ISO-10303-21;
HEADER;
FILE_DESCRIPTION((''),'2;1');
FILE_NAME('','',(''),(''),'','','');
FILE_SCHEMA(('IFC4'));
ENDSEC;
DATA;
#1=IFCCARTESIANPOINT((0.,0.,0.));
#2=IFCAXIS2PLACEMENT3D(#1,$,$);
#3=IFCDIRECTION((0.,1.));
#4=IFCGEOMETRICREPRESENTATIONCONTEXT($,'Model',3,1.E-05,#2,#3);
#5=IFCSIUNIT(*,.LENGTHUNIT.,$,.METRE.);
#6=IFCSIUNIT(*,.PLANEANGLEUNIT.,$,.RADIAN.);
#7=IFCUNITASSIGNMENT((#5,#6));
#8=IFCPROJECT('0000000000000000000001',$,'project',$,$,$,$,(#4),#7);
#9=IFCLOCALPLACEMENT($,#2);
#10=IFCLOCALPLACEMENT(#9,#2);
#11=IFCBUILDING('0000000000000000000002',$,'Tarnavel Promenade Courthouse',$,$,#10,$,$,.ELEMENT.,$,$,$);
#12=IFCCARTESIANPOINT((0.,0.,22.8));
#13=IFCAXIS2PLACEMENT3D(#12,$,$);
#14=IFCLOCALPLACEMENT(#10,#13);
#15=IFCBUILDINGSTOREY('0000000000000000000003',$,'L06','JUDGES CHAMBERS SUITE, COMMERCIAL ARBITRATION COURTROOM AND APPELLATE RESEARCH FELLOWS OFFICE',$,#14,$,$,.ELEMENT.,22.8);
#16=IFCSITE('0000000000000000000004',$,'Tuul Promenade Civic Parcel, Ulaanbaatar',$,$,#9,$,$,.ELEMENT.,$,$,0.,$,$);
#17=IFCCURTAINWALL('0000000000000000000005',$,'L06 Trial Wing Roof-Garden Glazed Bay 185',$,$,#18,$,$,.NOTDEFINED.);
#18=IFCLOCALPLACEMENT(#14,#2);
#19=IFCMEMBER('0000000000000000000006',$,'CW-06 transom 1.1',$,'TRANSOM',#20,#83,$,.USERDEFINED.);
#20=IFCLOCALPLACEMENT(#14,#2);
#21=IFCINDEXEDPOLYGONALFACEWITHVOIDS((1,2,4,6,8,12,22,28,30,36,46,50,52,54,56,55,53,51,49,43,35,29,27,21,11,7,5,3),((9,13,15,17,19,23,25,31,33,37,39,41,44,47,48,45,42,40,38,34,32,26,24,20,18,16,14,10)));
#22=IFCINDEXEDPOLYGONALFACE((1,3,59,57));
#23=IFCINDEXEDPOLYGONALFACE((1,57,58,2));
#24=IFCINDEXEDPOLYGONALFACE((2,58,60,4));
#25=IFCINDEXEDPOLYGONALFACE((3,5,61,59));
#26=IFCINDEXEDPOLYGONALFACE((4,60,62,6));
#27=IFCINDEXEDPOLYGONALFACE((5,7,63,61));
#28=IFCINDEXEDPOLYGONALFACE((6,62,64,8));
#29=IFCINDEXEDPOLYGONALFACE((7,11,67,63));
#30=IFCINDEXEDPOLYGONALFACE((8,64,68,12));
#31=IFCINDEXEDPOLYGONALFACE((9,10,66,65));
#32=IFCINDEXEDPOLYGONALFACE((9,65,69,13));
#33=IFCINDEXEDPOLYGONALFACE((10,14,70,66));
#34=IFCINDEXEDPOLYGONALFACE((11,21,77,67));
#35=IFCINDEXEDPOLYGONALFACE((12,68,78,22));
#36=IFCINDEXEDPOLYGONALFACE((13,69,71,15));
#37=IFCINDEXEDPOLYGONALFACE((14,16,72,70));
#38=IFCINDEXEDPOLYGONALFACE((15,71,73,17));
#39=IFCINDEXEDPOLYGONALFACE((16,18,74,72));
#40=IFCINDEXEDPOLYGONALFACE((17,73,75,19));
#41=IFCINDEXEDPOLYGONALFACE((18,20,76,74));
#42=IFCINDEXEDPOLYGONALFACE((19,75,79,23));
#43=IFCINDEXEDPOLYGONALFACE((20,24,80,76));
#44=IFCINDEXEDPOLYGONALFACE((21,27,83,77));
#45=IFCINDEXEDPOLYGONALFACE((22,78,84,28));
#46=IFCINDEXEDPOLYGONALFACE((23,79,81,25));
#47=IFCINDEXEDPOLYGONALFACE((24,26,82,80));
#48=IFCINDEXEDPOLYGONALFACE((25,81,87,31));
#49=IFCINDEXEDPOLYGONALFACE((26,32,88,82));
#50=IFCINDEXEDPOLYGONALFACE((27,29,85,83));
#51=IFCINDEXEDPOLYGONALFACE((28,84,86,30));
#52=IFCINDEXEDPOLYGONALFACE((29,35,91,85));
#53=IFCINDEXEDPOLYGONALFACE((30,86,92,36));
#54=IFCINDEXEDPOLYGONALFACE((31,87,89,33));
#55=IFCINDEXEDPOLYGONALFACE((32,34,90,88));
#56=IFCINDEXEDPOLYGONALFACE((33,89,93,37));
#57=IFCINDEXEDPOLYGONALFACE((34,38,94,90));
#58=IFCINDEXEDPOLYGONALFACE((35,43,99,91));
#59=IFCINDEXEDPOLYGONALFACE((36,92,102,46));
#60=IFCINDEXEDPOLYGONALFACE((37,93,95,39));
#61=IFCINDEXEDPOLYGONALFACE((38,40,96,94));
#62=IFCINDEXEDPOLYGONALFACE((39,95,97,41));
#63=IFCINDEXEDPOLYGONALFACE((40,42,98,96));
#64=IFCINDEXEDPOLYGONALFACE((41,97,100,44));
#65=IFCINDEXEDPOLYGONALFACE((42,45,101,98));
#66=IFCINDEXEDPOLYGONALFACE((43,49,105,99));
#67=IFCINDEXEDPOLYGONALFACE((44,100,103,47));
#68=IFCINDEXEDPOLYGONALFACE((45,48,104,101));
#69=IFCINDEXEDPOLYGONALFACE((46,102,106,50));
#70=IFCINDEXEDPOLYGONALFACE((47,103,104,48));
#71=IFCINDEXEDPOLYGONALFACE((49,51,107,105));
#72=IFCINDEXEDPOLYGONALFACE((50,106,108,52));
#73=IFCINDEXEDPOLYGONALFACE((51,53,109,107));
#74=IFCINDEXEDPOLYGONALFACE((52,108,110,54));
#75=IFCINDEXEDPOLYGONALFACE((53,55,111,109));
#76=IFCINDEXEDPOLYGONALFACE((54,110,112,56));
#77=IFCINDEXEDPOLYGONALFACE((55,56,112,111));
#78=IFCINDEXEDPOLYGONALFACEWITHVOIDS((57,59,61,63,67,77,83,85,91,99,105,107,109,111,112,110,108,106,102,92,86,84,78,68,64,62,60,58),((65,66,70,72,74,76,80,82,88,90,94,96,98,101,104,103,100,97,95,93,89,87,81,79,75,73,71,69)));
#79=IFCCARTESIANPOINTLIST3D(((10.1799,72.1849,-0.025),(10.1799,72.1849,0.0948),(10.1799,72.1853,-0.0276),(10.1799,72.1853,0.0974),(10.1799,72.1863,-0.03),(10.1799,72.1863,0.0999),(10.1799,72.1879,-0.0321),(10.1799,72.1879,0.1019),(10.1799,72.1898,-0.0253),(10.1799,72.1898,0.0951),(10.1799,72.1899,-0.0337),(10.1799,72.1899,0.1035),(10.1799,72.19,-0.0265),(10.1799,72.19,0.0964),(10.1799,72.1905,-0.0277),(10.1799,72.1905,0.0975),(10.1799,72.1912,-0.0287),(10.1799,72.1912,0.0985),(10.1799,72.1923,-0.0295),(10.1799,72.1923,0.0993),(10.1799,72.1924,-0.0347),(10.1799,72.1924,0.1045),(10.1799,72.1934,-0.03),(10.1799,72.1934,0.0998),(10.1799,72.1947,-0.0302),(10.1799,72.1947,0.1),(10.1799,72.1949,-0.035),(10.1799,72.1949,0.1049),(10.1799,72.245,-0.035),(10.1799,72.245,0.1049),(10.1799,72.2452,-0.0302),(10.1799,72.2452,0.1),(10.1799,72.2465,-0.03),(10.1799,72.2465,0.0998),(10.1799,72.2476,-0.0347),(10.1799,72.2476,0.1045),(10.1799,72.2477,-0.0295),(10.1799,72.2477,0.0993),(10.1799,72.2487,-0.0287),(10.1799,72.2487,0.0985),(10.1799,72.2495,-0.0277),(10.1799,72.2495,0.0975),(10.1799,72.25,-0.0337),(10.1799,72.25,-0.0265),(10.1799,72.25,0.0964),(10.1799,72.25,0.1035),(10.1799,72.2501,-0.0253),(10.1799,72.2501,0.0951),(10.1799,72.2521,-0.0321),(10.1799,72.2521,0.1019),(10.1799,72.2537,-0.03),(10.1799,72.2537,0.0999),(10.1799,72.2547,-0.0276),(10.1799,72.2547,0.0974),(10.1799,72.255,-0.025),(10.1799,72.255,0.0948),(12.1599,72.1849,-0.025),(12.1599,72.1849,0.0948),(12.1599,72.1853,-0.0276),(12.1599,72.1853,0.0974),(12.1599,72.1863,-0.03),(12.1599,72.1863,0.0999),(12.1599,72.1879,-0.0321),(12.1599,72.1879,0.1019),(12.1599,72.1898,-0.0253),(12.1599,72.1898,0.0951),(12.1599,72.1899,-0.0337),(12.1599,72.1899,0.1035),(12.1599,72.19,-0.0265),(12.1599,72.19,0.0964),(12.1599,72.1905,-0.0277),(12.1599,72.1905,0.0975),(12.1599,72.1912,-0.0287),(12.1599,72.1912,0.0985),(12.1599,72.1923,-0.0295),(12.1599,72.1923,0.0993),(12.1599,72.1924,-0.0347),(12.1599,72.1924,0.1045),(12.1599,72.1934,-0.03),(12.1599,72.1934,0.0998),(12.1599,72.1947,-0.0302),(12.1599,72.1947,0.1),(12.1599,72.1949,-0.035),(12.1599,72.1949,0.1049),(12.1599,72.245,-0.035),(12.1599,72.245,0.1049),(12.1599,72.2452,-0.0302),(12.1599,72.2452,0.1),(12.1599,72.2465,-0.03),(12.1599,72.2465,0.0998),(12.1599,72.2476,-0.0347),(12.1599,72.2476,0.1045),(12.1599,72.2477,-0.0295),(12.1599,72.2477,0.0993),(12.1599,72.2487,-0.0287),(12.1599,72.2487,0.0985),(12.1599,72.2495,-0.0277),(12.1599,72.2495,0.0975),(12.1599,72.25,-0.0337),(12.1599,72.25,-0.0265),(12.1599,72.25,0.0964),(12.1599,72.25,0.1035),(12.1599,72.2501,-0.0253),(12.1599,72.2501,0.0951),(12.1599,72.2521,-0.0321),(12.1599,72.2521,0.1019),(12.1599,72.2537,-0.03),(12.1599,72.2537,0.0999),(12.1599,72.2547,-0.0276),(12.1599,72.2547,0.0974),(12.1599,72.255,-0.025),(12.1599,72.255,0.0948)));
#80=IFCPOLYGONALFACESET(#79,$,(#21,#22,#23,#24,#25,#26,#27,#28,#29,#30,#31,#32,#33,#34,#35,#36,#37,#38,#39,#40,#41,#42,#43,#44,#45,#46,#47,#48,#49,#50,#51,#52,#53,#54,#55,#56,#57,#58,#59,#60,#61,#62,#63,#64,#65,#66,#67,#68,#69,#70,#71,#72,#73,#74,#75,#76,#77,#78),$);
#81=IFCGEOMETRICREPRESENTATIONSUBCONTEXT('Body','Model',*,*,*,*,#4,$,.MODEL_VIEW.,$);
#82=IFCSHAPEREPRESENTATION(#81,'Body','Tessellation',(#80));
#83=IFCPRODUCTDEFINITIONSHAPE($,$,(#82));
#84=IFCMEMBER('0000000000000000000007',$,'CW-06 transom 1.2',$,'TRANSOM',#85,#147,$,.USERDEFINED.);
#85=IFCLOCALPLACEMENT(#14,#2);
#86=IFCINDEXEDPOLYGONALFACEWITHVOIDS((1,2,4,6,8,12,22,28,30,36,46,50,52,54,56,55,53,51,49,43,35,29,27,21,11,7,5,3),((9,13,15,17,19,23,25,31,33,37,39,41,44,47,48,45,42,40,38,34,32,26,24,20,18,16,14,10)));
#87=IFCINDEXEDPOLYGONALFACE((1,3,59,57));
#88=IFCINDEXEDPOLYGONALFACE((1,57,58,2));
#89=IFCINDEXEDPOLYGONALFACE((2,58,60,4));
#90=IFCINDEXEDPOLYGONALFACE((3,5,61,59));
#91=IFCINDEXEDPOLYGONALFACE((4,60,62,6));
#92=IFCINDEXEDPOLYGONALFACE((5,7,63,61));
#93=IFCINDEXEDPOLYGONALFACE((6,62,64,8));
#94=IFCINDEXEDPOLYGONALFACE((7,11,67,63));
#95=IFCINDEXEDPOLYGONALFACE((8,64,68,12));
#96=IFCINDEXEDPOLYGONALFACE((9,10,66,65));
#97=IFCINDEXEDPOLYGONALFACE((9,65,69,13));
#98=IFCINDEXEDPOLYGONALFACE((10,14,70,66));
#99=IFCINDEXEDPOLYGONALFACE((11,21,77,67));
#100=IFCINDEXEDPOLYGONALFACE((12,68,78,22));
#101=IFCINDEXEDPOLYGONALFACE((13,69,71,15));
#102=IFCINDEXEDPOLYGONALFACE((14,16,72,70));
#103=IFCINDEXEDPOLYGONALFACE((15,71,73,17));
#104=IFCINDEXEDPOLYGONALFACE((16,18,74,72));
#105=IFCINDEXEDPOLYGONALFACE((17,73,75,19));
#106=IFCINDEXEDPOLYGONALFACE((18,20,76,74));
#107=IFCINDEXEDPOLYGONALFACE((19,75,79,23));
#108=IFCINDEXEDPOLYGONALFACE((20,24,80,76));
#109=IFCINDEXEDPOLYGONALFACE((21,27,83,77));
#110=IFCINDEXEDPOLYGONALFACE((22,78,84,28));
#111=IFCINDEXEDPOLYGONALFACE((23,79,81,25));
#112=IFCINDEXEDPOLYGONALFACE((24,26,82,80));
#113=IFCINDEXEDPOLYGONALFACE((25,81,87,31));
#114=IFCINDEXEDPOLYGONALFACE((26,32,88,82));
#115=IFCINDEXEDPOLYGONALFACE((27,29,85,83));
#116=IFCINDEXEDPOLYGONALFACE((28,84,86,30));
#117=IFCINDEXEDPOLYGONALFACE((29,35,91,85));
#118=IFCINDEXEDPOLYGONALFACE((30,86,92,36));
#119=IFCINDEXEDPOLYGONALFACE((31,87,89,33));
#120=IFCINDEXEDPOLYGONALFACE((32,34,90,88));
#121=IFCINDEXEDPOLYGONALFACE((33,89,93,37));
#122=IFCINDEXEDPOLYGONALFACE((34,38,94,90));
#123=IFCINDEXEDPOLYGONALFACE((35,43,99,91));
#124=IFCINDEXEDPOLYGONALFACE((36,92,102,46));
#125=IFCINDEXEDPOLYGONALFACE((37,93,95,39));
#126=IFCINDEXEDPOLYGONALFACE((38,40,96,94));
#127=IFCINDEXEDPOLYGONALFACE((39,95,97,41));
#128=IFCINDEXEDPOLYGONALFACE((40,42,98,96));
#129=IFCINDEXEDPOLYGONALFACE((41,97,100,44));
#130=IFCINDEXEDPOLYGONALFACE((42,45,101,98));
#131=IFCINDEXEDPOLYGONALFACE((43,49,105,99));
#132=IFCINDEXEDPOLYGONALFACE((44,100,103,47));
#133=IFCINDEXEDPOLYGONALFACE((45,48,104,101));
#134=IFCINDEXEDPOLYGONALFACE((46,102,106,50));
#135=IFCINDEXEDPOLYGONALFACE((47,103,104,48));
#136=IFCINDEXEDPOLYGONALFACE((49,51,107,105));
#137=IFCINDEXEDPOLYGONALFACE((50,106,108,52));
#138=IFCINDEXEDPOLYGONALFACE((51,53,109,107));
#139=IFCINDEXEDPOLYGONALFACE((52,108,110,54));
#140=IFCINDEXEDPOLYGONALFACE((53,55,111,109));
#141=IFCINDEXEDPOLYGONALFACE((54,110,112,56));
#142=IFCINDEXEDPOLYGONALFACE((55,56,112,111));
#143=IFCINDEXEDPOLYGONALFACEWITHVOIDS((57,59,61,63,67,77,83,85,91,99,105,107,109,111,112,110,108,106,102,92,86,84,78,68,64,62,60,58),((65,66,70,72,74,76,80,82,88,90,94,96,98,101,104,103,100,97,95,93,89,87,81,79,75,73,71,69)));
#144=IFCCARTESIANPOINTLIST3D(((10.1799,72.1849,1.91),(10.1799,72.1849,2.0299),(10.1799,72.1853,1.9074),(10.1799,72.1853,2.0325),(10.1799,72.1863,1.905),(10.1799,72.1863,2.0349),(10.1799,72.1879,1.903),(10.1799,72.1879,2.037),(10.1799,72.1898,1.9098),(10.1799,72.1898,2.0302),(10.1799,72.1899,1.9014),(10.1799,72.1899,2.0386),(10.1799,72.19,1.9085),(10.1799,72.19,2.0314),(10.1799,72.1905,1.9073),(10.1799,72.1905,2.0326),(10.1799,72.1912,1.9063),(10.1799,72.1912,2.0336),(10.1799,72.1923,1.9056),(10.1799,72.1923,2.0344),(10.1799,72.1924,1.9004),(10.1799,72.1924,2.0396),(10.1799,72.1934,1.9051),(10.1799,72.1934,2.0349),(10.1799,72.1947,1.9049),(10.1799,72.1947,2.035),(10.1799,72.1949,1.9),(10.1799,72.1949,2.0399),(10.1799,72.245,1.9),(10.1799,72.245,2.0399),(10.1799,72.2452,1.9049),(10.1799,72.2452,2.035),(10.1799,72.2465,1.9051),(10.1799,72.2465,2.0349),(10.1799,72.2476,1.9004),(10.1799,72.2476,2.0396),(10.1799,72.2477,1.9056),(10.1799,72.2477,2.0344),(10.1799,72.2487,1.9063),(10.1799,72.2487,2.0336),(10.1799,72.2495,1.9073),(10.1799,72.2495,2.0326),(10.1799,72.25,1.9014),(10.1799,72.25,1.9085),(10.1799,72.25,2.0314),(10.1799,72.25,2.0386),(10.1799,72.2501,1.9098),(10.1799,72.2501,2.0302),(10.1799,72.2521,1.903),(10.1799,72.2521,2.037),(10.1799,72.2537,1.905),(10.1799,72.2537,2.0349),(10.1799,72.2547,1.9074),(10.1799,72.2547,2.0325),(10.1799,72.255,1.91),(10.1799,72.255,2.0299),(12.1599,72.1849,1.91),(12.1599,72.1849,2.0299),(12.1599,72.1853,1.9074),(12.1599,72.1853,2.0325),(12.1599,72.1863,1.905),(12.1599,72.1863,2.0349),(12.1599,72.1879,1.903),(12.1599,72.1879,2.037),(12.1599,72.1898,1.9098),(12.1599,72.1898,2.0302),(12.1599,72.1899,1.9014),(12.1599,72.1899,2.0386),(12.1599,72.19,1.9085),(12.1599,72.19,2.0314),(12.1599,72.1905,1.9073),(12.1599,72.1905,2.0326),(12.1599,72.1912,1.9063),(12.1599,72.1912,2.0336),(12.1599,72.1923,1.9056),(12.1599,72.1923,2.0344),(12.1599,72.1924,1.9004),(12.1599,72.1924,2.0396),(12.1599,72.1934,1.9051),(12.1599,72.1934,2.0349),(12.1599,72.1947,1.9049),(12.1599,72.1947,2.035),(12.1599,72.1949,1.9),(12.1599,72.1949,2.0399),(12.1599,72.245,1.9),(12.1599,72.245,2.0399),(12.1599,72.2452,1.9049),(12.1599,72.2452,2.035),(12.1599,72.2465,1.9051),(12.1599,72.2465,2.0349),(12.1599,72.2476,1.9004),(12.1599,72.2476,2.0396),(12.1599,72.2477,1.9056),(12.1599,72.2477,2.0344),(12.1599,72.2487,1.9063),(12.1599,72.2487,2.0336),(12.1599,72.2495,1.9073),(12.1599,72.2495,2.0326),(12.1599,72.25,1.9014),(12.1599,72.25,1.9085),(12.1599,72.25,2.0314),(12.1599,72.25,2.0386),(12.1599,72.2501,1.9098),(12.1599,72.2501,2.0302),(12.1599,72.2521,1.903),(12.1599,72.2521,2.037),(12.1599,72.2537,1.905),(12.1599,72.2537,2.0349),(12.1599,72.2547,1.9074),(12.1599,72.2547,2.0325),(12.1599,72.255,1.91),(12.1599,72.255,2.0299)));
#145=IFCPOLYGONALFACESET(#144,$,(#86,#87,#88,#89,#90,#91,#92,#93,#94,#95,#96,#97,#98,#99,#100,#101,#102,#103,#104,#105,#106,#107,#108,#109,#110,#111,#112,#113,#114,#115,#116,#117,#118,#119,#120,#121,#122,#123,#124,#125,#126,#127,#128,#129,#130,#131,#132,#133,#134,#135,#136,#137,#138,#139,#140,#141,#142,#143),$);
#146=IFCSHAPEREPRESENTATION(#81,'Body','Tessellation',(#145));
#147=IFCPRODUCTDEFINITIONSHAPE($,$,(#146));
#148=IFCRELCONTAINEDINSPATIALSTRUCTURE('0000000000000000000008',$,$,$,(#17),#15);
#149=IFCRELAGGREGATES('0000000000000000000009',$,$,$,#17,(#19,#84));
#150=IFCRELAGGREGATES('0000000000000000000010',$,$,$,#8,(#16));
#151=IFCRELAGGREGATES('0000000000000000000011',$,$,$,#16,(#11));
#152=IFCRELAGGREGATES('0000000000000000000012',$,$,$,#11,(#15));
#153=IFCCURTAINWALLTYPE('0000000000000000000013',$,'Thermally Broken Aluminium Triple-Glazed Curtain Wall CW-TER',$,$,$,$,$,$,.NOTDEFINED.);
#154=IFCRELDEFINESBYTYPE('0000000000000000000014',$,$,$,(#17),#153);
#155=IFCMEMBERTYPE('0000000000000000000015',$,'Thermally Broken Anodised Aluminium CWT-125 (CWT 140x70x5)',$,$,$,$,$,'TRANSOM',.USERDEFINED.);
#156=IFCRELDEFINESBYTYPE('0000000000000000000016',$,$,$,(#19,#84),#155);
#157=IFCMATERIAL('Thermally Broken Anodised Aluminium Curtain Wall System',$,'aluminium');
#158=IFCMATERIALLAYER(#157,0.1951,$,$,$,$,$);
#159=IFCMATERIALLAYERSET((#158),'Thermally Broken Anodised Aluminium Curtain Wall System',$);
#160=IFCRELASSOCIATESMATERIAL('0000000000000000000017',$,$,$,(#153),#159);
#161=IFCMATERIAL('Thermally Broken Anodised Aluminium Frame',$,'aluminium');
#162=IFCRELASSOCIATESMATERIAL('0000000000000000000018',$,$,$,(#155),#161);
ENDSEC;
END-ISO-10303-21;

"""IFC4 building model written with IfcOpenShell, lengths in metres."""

from ifc_helpers import new_model, si_unit, direction, frame, origin, origin_2d, place, context, subcontext, project, spatial, hollow_rectangle, extrude, material, layer, layer_set, material_profile, profile_set, type_object, element, aggregate, save


model = new_model("IFC4")

# Units and contexts
model_context = context("Model", 3, precision=1e-05, world=origin(), true_north=direction((0.0, 1.0)))
body_context = subcontext(model_context, "Body", "Model", "MODEL_VIEW")
ifc_project = project(units=[si_unit("LENGTHUNIT", "METRE"), si_unit("PLANEANGLEUNIT", "RADIAN")], contexts=[model_context])

# Site, building, storey
site_placement = place(None, origin())
site = spatial("IfcSite", under=ifc_project, at=site_placement, Name="Tuul Promenade Civic Parcel, Ulaanbaatar", CompositionType="ELEMENT", RefElevation=0.0)
building_placement = place(site_placement, origin())
building = spatial("IfcBuilding", under=site, at=building_placement, Name="Tarnavel Promenade Courthouse", CompositionType="ELEMENT")
storey_placement = place(building_placement, frame((0.0, 0.0, 22.8)))
storey = spatial("IfcBuildingStorey", under=building, at=storey_placement, Name="L06", Description="JUDGES CHAMBERS SUITE, COMMERCIAL ARBITRATION COURTROOM AND APPELLATE RESEARCH FELLOWS OFFICE", CompositionType="ELEMENT", Elevation=22.8)

# Curtain wall, members
ifc_material_1 = material(Name="Thermally Broken Anodised Aluminium Curtain Wall System", Category="aluminium")
ifc_layer_1 = layer(ifc_material_1, 0.1951)
ifc_layer_set_1 = layer_set([ifc_layer_1], Name="Thermally Broken Anodised Aluminium Curtain Wall System")
curtain_wall_type = type_object("IfcCurtainWallType", Name="Thermally Broken Aluminium Triple-Glazed Curtain Wall CW-TER", PredefinedType="NOTDEFINED", material=ifc_layer_set_1)
curtain_wall_placement = place(storey_placement, origin())
curtain_wall = element("IfcCurtainWall", 1, at=curtain_wall_placement, inside=storey, type_object=curtain_wall_type, Name="L06 Trial Wing Roof-Garden Glazed Bay 185", PredefinedType="NOTDEFINED")
ifc_material_2 = material(Name="Thermally Broken Anodised Aluminium Frame", Category="aluminium")
ifc_material_profile_1 = material_profile(ifc_material_2, hollow_rectangle(XDim=0.0701, YDim=0.1399, WallThickness=0.0049, InnerFilletRadius=0.0049, OuterFilletRadius=0.01, at=origin_2d()), Name="CWT 140x70x5")
ifc_profile_set_1 = profile_set([ifc_material_profile_1], Name="Thermally Broken Anodised Aluminium Frame")
member_type_1 = type_object("IfcMemberType", Name="Thermally Broken Anodised Aluminium CWT-125 (CWT 140x70x5)", ElementType="TRANSOM", PredefinedType="USERDEFINED", material=ifc_profile_set_1)
member_1_placement = place(storey_placement, frame((10.1799, 72.22, 0.0349), z_axis=(1.0, 0.0, 0.0), x_axis=(0.0, 1.0, 0.0)))
member_1 = element("IfcMember", 2, at=member_1_placement, type_object=member_type_1, Name="CW-06 transom 1.1", ObjectType="TRANSOM", PredefinedType="USERDEFINED", context=body_context, shape_type="SweptSolid", body=[
    extrude(hollow_rectangle(XDim=0.0701, YDim=0.1399, WallThickness=0.0049, InnerFilletRadius=0.0049, OuterFilletRadius=0.01, at=origin_2d()), origin(), (0.0, 0.0, 1.0), 1.98),
])
member_2_placement = place(storey_placement, frame((10.1799, 72.22, 1.97), z_axis=(1.0, 0.0, 0.0), x_axis=(0.0, 1.0, 0.0)))
member_2 = element("IfcMember", 3, at=member_2_placement, type_object=member_type_1, Name="CW-06 transom 1.2", ObjectType="TRANSOM", PredefinedType="USERDEFINED", context=body_context, shape_type="SweptSolid", body=[
    extrude(hollow_rectangle(XDim=0.0701, YDim=0.1399, WallThickness=0.0049, InnerFilletRadius=0.0049, OuterFilletRadius=0.01, at=origin_2d()), origin(), (0.0, 0.0, 1.0), 1.98),
])

aggregate(curtain_wall, [member_1, member_2])

save(model, "model.ifc")
